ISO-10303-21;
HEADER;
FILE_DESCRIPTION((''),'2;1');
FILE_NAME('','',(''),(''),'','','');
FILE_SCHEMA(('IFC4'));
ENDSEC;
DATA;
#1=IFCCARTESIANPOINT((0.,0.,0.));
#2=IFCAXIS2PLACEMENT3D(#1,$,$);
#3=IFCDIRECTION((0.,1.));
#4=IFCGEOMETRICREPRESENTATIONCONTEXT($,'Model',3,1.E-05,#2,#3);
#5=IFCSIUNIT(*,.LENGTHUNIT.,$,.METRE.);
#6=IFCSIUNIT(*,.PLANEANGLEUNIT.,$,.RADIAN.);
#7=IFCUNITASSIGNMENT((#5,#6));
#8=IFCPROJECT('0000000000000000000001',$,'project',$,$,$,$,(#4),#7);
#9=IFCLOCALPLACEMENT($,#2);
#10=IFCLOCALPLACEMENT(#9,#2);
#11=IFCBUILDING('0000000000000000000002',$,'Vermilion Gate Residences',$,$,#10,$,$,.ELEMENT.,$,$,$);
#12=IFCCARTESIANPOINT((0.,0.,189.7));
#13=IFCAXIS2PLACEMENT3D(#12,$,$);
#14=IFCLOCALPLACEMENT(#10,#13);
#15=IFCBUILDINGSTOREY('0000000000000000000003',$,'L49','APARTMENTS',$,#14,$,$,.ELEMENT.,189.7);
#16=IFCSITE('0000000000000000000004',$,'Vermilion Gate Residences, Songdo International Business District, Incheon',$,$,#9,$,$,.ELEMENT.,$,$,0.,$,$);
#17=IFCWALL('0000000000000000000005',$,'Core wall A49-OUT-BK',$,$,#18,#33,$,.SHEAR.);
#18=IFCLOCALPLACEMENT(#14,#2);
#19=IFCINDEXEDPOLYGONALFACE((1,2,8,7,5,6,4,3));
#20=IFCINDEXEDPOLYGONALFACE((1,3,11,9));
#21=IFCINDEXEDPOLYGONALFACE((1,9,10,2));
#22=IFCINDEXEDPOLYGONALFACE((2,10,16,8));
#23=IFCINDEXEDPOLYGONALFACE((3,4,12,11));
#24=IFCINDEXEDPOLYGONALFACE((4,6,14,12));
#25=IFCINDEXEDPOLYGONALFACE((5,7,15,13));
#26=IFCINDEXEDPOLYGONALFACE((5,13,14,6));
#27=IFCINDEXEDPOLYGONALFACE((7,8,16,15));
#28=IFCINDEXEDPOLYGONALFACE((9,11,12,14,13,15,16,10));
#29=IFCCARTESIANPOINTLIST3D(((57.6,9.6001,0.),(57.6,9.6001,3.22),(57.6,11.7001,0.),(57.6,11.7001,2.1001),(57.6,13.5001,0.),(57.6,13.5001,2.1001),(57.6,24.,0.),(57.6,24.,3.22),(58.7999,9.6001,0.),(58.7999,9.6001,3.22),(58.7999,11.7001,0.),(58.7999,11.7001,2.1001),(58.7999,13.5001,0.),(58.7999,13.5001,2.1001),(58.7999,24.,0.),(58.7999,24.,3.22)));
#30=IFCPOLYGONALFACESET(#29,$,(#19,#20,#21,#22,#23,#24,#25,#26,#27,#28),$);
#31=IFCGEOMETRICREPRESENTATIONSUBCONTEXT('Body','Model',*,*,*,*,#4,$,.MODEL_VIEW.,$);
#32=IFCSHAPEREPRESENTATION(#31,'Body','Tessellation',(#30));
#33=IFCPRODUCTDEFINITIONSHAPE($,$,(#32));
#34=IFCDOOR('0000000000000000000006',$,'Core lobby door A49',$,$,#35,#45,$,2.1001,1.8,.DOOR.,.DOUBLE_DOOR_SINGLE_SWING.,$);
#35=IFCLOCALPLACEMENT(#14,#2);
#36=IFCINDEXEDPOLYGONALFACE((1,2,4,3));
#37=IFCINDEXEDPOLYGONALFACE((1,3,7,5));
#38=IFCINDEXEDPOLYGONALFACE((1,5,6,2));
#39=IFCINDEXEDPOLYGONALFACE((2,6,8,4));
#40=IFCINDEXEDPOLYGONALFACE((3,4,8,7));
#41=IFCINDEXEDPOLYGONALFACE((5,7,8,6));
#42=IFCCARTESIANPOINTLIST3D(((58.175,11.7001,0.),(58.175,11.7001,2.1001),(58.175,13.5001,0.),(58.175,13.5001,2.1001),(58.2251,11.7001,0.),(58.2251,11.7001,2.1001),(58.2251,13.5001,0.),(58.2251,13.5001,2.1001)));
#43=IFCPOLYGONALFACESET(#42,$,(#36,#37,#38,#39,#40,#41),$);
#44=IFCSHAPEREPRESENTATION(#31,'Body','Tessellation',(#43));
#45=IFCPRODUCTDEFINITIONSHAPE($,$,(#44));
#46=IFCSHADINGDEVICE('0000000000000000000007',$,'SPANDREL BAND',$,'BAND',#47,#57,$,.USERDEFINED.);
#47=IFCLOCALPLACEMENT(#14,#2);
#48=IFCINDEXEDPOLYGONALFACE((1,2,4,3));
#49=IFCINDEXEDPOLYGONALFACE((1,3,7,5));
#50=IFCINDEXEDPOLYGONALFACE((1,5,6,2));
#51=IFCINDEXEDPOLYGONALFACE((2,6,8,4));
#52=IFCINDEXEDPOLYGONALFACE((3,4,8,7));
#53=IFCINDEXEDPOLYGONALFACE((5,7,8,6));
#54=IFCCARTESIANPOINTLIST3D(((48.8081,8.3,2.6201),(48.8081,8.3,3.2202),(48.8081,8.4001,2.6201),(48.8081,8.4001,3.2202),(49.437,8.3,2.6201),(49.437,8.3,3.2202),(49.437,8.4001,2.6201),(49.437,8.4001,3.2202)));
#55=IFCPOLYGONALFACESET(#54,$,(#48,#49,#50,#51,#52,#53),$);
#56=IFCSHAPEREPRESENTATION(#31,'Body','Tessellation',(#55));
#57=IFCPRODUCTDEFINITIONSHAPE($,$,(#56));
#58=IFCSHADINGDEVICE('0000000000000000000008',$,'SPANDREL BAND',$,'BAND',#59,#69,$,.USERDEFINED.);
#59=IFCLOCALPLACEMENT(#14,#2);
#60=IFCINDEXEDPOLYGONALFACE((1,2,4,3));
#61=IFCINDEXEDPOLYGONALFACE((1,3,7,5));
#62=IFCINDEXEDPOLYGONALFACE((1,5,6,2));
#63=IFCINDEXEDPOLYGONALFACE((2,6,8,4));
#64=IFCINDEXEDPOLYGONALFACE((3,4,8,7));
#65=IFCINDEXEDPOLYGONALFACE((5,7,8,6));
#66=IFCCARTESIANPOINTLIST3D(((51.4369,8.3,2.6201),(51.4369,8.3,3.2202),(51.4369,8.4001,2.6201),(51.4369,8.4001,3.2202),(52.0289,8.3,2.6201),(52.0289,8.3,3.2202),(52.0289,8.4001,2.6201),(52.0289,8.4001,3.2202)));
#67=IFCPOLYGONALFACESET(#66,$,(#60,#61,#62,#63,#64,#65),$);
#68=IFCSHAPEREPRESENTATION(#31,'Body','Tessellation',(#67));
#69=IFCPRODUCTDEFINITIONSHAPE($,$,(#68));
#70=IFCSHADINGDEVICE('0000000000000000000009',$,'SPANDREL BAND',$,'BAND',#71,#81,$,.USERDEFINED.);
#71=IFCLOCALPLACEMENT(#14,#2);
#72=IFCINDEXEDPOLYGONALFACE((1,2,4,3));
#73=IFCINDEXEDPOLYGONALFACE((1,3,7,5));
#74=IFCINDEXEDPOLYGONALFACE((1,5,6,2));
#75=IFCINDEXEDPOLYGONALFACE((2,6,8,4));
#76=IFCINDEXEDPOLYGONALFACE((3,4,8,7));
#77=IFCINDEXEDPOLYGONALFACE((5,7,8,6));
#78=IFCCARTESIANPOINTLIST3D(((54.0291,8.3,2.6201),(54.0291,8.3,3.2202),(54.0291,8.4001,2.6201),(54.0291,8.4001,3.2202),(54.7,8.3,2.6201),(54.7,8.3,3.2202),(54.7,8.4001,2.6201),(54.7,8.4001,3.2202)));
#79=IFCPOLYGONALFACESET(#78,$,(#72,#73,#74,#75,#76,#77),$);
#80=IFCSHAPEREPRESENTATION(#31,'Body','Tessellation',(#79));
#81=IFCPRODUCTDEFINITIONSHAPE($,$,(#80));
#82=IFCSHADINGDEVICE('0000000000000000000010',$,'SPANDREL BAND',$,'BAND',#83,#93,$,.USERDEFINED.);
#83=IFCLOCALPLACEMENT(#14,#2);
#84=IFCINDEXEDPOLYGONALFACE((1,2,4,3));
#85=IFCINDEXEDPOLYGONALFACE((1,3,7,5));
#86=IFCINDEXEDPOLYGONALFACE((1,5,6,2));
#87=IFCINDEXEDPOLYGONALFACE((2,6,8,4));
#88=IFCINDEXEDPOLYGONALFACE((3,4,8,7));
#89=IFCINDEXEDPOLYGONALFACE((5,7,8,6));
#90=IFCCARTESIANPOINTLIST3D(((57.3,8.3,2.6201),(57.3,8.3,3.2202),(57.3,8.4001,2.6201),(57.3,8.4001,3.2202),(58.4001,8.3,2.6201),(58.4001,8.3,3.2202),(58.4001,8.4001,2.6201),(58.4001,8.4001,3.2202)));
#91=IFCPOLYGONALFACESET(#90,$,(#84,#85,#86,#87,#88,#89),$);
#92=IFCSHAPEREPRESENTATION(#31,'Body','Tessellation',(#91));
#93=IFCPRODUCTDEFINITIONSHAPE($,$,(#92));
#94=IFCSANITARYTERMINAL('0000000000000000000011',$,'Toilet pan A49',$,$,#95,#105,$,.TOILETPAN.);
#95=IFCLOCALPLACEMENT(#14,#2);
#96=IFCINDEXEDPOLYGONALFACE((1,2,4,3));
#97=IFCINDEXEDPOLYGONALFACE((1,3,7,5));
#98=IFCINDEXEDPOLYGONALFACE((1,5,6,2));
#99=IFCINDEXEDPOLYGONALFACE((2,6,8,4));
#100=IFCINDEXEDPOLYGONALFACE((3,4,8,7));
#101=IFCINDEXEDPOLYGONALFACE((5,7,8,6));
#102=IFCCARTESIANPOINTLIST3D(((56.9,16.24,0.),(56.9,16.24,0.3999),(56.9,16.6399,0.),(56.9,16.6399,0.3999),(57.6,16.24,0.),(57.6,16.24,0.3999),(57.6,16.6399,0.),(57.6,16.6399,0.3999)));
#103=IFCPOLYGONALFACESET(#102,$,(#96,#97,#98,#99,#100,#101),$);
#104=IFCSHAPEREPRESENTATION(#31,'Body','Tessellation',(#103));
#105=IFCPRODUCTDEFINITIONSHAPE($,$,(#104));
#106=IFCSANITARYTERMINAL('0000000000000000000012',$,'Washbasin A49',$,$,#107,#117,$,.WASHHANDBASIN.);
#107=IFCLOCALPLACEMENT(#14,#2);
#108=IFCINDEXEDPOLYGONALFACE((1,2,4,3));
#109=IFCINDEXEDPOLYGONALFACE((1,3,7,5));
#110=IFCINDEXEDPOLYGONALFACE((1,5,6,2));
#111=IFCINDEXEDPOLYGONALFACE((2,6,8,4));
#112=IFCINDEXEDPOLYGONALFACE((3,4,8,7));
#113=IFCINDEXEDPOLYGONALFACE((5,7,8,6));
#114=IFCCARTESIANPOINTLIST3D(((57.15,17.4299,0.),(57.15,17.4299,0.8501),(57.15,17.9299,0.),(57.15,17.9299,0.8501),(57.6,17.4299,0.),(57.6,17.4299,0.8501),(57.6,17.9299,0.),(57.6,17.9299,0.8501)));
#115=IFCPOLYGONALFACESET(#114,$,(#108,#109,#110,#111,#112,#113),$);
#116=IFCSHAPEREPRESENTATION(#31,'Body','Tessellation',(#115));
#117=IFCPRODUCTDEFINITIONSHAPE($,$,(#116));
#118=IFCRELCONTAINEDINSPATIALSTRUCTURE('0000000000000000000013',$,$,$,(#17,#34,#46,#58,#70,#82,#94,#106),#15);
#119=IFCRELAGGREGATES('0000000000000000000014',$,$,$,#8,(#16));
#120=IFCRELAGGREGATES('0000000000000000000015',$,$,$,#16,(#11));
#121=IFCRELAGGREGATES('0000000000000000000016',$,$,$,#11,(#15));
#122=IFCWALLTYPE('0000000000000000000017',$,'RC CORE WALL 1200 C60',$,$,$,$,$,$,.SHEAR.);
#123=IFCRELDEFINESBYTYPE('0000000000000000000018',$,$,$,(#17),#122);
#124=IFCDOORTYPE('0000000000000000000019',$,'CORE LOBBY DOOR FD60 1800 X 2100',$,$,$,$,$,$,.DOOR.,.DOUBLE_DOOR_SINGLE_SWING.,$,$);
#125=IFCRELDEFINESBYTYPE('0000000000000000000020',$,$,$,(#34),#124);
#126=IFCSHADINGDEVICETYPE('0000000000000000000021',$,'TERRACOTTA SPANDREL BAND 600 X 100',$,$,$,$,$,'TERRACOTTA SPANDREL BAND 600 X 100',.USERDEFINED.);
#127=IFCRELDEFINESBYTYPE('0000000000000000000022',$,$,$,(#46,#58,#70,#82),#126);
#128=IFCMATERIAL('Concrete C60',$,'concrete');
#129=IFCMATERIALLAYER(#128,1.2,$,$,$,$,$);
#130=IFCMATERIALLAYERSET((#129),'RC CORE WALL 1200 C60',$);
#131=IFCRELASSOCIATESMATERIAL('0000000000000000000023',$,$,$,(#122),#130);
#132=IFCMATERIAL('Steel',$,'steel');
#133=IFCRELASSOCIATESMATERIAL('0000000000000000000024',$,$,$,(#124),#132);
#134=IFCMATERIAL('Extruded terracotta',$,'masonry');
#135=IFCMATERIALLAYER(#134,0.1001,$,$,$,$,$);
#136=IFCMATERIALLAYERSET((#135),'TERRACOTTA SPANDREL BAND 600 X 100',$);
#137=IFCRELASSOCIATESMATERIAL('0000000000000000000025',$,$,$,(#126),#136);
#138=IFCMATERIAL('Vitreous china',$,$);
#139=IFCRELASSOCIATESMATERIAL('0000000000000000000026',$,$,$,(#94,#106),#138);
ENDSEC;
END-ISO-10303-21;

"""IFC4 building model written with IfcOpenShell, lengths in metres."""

from ifc_helpers import new_model, si_unit, direction, frame, frame_2d, origin, origin_2d, place, context, subcontext, project, spatial, rectangle, extrude, material, layer, layer_set, type_object, element, fill, save


model = new_model("IFC4")

# Units and contexts
model_context = context("Model", 3, precision=1e-05, world=origin(), true_north=direction((0.0, 1.0)))
body_context = subcontext(model_context, "Body", "Model", "MODEL_VIEW")
ifc_project = project(units=[si_unit("LENGTHUNIT", "METRE"), si_unit("PLANEANGLEUNIT", "RADIAN")], contexts=[model_context])

# Site, building, storey
site_placement = place(None, origin())
site = spatial("IfcSite", under=ifc_project, at=site_placement, Name="Vermilion Gate Residences, Songdo International Business District, Incheon", CompositionType="ELEMENT", RefElevation=0.0)
building_placement = place(site_placement, origin())
building = spatial("IfcBuilding", under=site, at=building_placement, Name="Vermilion Gate Residences", CompositionType="ELEMENT")
storey_placement = place(building_placement, frame((0.0, 0.0, 189.7)))
storey = spatial("IfcBuildingStorey", under=building, at=storey_placement, Name="L49", Description="APARTMENTS", CompositionType="ELEMENT", Elevation=189.7)

# Wall, opening, door
ifc_material_1 = material(Name="Concrete C60", Category="concrete")
ifc_layer_1 = layer(ifc_material_1, 1.2)
ifc_layer_set_1 = layer_set([ifc_layer_1], Name="RC CORE WALL 1200 C60")
wall_type_1 = type_object("IfcWallType", Name="RC CORE WALL 1200 C60", PredefinedType="SHEAR", material=ifc_layer_set_1)
wall_1_placement = place(storey_placement, frame((58.2, 9.6001, 0.0), z_axis=(0.0, 0.0, 1.0), x_axis=(0.0, 1.0, 0.0)))
wall_1 = element("IfcWall", 1, at=wall_1_placement, inside=storey, type_object=wall_type_1, Name="Core wall A49-OUT-BK", PredefinedType="SHEAR", context=body_context, shape_type="SweptSolid", body=[
    extrude(rectangle(XDim=14.3999, YDim=1.2, at=frame_2d((7.2, 0.0))), origin(), (0.0, 0.0, 1.0), 3.22),
])
opening_1_placement = place(wall_1_placement, frame((2.1001, 0.0, 0.0)))
opening_1 = element("IfcOpeningElement", 2, at=opening_1_placement, cuts=wall_1, PredefinedType="OPENING", context=body_context, shape_type="SweptSolid", body=[
    extrude(rectangle(XDim=1.8, YDim=2.1001, at=frame_2d((0.8999, 1.05))), frame((0.0, 0.6099, 0.0), z_axis=(0.0, -1.0, 0.0), x_axis=(1.0, 0.0, 0.0)), (0.0, 0.0, 1.0), 1.22),
])
ifc_material_2 = material(Name="Steel", Category="steel")
door_type_1 = type_object("IfcDoorType", Name="CORE LOBBY DOOR FD60 1800 X 2100", OperationType="DOUBLE_DOOR_SINGLE_SWING", PredefinedType="DOOR", material=ifc_material_2)
door_1_placement = place(opening_1_placement, origin())
door_1 = element("IfcDoor", 3, at=door_1_placement, inside=storey, type_object=door_type_1, Name="Core lobby door A49", OperationType="DOUBLE_DOOR_SINGLE_SWING", OverallHeight=2.1001, OverallWidth=1.8, PredefinedType="DOOR", context=body_context, shape_type="SweptSolid", body=[
    extrude(rectangle(XDim=1.8, YDim=2.1001, at=frame_2d((0.8999, 1.05))), frame((0.0, 0.0249, 0.0), z_axis=(0.0, -1.0, 0.0), x_axis=(1.0, 0.0, 0.0)), (0.0, 0.0, 1.0), 0.05),
])
fill(opening_1, door_1)

# Shading devices
ifc_material_3 = material(Name="Extruded terracotta", Category="masonry")
ifc_layer_2 = layer(ifc_material_3, 0.1001)
ifc_layer_set_2 = layer_set([ifc_layer_2], Name="TERRACOTTA SPANDREL BAND 600 X 100")
shading_device_type = type_object("IfcShadingDeviceType", Name="TERRACOTTA SPANDREL BAND 600 X 100", ElementType="TERRACOTTA SPANDREL BAND 600 X 100", PredefinedType="USERDEFINED", material=ifc_layer_set_2)
shading_device_1_placement = place(storey_placement, frame((49.1226, 8.3501, 2.6201), z_axis=(0.0, 0.0, 1.0), x_axis=(1.0, 0.0, 0.0)))
element("IfcShadingDevice", 4, at=shading_device_1_placement, inside=storey, type_object=shading_device_type, Name="SPANDREL BAND", ObjectType="BAND", PredefinedType="USERDEFINED", context=body_context, shape_type="SweptSolid", body=[
    extrude(rectangle(XDim=0.6289, YDim=0.1001, at=origin_2d()), origin(), (0.0, 0.0, 1.0), 0.6001),
])
shading_device_2_placement = place(storey_placement, frame((51.7329, 8.3501, 2.6201), z_axis=(0.0, 0.0, 1.0), x_axis=(1.0, 0.0, 0.0)))
element("IfcShadingDevice", 5, at=shading_device_2_placement, inside=storey, type_object=shading_device_type, Name="SPANDREL BAND", ObjectType="BAND", PredefinedType="USERDEFINED", context=body_context, shape_type="SweptSolid", body=[
    extrude(rectangle(XDim=0.592, YDim=0.1001, at=origin_2d()), origin(), (0.0, 0.0, 1.0), 0.6001),
])
shading_device_3_placement = place(storey_placement, frame((54.3645, 8.3501, 2.6201), z_axis=(0.0, 0.0, 1.0), x_axis=(1.0, 0.0, 0.0)))
element("IfcShadingDevice", 6, at=shading_device_3_placement, inside=storey, type_object=shading_device_type, Name="SPANDREL BAND", ObjectType="BAND", PredefinedType="USERDEFINED", context=body_context, shape_type="SweptSolid", body=[
    extrude(rectangle(XDim=0.6709, YDim=0.1001, at=origin_2d()), origin(), (0.0, 0.0, 1.0), 0.6001),
])
shading_device_4_placement = place(storey_placement, frame((57.8501, 8.3501, 2.6201), z_axis=(0.0, 0.0, 1.0), x_axis=(1.0, 0.0, 0.0)))
element("IfcShadingDevice", 7, at=shading_device_4_placement, inside=storey, type_object=shading_device_type, Name="SPANDREL BAND", ObjectType="BAND", PredefinedType="USERDEFINED", context=body_context, shape_type="SweptSolid", body=[
    extrude(rectangle(XDim=1.1001, YDim=0.1001, at=origin_2d()), origin(), (0.0, 0.0, 1.0), 0.6001),
])

# Sanitary terminals
ifc_material_4 = material(Name="Vitreous china")
sanitary_terminal_1_placement = place(storey_placement, frame((57.25, 16.4399, 0.0), z_axis=(0.0, 0.0, 1.0), x_axis=(1.0, 0.0, 0.0)))
element("IfcSanitaryTerminal", 8, at=sanitary_terminal_1_placement, inside=storey, material=ifc_material_4, Name="Toilet pan A49", PredefinedType="TOILETPAN", context=body_context, shape_type="SweptSolid", body=[
    extrude(rectangle(XDim=0.7, YDim=0.3999, at=origin_2d()), origin(), (0.0, 0.0, 1.0), 0.3999),
])
sanitary_terminal_2_placement = place(storey_placement, frame((57.375, 17.6799, 0.0), z_axis=(0.0, 0.0, 1.0), x_axis=(1.0, 0.0, 0.0)))
element("IfcSanitaryTerminal", 9, at=sanitary_terminal_2_placement, inside=storey, material=ifc_material_4, Name="Washbasin A49", PredefinedType="WASHHANDBASIN", context=body_context, shape_type="SweptSolid", body=[
    extrude(rectangle(XDim=0.45, YDim=0.5, at=origin_2d()), origin(), (0.0, 0.0, 1.0), 0.8501),
])

save(model, "model.ifc")
